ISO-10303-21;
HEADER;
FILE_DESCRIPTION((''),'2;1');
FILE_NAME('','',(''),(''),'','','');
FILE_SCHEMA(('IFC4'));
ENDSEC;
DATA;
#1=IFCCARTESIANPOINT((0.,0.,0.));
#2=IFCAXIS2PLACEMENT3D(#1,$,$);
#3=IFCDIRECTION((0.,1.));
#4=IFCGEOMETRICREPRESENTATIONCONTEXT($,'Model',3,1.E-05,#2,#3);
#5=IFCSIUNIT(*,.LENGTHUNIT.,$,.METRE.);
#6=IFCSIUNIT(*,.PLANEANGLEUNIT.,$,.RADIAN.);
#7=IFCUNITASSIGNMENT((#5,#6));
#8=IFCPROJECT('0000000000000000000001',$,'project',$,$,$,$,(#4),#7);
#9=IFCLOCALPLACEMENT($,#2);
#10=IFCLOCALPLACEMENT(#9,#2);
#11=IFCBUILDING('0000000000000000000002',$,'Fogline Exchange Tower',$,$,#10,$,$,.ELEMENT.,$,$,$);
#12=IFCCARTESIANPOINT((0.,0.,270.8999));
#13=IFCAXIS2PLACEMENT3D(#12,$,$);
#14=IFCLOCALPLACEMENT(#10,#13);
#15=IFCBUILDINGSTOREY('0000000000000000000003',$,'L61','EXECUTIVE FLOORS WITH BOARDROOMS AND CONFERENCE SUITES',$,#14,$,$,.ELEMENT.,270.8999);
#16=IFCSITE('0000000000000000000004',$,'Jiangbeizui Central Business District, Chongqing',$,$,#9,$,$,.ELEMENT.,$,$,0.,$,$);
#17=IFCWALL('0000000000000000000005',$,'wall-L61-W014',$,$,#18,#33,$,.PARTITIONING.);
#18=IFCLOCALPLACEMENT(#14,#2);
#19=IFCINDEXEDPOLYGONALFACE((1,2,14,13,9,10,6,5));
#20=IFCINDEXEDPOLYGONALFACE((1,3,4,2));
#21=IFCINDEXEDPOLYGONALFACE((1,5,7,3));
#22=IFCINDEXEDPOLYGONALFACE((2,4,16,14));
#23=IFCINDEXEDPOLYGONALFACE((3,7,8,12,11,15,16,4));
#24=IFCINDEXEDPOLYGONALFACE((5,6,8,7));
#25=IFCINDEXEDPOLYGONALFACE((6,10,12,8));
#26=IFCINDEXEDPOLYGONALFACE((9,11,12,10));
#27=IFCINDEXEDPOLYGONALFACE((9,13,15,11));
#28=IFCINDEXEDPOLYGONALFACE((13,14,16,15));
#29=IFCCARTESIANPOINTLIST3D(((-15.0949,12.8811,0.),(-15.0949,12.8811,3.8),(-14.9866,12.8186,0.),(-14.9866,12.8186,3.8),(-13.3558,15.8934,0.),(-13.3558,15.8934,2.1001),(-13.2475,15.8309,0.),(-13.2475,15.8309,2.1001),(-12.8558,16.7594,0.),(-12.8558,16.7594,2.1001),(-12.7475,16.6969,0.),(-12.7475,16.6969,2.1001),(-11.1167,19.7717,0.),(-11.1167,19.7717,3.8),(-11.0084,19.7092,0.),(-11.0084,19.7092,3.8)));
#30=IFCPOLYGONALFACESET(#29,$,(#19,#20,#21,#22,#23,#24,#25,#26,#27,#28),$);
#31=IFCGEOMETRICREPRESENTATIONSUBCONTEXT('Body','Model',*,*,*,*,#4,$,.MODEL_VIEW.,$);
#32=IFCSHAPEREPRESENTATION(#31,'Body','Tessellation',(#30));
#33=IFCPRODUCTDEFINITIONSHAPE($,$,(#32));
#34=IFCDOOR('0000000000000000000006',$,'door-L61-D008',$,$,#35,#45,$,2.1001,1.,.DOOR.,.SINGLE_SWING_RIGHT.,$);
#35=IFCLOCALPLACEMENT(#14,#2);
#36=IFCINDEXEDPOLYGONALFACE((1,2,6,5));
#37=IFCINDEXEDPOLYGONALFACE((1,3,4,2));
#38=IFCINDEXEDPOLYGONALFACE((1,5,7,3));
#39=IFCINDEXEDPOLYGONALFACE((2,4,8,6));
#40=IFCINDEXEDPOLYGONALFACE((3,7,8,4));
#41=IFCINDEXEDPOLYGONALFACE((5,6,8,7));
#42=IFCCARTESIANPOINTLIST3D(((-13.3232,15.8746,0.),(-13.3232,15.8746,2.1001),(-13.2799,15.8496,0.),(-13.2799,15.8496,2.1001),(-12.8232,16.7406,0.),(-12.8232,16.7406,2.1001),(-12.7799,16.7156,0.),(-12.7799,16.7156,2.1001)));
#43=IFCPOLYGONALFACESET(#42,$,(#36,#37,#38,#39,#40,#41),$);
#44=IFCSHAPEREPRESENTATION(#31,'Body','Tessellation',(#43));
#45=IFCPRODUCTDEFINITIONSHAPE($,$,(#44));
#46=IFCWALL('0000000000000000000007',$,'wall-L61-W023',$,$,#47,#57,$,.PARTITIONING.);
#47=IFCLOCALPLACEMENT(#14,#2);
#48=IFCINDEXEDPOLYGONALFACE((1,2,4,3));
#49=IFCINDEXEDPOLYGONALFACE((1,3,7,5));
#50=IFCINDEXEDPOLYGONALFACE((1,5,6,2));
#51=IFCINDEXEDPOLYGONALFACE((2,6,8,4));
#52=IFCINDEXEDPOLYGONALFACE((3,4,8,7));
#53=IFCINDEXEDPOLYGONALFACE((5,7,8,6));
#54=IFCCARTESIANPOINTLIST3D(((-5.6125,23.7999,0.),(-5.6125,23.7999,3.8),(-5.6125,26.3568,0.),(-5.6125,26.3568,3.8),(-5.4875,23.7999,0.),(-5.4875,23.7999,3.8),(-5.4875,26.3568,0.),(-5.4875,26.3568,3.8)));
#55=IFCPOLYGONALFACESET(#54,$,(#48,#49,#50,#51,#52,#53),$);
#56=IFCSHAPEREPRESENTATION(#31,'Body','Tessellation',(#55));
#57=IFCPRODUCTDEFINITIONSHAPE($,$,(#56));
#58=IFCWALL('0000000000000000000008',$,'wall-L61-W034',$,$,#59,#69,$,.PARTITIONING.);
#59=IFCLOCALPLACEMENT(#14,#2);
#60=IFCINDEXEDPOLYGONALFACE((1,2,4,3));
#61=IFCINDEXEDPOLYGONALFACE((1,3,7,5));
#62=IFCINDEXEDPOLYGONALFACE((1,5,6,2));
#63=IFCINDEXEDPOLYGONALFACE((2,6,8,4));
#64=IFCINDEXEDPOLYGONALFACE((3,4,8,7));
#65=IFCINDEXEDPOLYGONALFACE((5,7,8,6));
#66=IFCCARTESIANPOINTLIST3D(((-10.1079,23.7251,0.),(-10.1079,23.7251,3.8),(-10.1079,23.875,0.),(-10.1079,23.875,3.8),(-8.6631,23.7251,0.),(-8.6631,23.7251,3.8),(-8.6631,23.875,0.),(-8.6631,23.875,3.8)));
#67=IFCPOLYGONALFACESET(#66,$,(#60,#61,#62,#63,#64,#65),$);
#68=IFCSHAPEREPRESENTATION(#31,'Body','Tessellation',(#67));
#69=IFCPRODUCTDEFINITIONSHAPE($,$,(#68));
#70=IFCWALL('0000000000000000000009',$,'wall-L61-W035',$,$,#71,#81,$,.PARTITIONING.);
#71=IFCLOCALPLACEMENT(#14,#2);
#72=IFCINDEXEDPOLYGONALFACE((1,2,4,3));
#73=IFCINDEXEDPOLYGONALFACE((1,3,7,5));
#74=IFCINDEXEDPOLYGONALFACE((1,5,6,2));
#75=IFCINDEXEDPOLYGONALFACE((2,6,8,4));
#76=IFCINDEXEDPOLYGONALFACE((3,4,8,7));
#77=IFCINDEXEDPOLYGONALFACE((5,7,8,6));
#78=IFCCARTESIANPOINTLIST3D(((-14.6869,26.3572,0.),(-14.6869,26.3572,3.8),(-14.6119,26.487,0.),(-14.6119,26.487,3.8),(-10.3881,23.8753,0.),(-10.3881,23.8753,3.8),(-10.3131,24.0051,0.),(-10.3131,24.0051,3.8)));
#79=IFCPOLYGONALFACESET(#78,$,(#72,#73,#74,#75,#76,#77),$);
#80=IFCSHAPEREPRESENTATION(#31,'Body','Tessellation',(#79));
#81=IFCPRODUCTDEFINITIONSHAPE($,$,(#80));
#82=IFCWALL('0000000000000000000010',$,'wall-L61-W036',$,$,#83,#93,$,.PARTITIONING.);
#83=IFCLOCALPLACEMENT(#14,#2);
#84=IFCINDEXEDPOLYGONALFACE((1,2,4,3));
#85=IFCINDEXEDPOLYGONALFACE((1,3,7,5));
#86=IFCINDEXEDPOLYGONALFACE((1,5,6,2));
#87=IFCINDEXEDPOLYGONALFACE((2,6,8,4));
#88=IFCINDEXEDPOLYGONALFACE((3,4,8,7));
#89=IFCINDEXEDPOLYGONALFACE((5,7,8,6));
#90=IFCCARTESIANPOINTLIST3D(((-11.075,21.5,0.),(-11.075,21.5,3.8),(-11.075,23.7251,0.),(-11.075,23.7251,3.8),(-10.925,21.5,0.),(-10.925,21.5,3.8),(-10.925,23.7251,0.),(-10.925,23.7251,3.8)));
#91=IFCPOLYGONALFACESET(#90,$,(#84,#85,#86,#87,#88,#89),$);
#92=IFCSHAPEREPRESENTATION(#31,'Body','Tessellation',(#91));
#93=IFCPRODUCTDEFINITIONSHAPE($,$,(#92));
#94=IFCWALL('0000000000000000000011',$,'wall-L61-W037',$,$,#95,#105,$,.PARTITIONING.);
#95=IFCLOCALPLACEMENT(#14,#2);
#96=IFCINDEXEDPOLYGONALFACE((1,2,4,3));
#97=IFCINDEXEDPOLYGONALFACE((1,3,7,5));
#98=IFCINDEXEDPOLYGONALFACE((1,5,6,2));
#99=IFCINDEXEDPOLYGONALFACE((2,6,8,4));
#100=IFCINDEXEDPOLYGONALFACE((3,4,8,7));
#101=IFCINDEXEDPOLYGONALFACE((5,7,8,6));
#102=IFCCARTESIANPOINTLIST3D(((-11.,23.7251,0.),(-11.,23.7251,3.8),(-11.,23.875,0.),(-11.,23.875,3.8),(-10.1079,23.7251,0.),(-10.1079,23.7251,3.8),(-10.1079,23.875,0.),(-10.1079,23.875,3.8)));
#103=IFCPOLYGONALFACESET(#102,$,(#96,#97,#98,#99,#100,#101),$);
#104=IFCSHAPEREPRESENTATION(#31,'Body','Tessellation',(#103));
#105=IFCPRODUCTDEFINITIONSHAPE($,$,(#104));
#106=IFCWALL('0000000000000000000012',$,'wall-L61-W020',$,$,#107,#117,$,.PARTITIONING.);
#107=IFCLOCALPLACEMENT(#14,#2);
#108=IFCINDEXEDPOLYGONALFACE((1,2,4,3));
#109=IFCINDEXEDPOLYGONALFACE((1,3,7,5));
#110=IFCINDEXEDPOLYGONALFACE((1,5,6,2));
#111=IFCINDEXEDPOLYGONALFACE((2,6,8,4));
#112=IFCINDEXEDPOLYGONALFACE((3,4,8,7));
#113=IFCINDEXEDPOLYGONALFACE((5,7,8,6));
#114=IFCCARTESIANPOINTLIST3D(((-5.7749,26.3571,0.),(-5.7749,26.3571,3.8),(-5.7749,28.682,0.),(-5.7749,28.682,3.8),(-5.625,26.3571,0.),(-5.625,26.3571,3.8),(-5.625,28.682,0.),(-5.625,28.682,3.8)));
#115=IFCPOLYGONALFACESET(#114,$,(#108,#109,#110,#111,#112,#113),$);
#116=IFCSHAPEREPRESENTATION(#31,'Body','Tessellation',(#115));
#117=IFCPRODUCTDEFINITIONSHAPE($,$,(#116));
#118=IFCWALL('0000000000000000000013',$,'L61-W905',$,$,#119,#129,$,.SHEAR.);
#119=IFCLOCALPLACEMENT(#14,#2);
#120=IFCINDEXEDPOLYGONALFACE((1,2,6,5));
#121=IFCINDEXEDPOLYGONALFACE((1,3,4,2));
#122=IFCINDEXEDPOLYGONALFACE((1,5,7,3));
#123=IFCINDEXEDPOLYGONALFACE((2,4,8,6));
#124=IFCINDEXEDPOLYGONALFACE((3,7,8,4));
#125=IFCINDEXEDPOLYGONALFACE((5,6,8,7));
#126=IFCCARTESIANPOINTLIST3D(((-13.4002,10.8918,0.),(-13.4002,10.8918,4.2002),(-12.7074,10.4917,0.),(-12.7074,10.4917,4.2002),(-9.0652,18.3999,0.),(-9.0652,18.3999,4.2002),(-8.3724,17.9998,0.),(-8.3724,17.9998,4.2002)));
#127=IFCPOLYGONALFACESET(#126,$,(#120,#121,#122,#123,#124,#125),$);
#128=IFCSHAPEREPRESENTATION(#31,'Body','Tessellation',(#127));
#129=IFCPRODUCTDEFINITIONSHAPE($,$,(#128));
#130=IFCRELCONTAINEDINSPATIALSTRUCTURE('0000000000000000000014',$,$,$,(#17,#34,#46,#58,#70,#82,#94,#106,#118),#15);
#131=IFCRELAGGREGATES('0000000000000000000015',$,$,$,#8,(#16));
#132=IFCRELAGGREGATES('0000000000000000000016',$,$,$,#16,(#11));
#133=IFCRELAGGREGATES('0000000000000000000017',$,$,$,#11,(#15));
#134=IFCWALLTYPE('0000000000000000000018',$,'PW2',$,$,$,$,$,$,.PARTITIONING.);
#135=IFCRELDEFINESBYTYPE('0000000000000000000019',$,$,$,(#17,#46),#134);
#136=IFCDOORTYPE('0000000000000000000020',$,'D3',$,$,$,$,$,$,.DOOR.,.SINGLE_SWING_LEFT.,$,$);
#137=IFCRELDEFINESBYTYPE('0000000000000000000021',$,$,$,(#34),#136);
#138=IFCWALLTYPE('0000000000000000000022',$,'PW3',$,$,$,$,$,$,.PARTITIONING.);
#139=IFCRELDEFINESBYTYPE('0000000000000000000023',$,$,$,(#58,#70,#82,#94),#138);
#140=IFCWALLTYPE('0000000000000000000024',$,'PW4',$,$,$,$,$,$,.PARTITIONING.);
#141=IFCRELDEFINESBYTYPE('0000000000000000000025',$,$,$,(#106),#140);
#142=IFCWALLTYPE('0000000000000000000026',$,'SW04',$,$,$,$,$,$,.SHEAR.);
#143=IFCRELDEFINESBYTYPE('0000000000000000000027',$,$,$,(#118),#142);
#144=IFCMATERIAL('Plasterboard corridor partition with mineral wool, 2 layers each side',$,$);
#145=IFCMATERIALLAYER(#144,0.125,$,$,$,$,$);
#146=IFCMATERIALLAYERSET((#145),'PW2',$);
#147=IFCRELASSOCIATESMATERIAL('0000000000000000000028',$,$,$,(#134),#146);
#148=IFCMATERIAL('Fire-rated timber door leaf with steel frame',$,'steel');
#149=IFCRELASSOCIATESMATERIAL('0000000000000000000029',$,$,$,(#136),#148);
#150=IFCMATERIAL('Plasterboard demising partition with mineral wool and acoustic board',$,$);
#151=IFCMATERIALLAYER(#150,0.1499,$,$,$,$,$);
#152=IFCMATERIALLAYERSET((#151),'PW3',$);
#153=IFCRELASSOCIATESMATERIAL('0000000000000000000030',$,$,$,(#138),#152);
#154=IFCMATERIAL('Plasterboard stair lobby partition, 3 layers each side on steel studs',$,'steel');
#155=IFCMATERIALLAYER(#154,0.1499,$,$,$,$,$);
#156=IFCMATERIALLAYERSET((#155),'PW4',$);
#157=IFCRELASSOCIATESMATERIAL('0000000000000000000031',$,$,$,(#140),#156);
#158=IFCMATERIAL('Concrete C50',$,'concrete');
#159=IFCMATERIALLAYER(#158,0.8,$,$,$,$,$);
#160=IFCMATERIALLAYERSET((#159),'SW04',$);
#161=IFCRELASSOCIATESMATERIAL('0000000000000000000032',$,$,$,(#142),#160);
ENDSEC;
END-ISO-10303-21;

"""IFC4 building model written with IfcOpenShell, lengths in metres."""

from ifc_helpers import new_model, si_unit, direction, frame, frame_2d, origin, place, context, subcontext, project, spatial, rectangle, extrude, material, layer, layer_set, type_object, element, fill, save


model = new_model("IFC4")

# Units and contexts
model_context = context("Model", 3, precision=1e-05, world=origin(), true_north=direction((0.0, 1.0)))
body_context = subcontext(model_context, "Body", "Model", "MODEL_VIEW")
ifc_project = project(units=[si_unit("LENGTHUNIT", "METRE"), si_unit("PLANEANGLEUNIT", "RADIAN")], contexts=[model_context])

# Site, building, storey
site_placement = place(None, origin())
site = spatial("IfcSite", under=ifc_project, at=site_placement, Name="Jiangbeizui Central Business District, Chongqing", CompositionType="ELEMENT", RefElevation=0.0)
building_placement = place(site_placement, origin())
building = spatial("IfcBuilding", under=site, at=building_placement, Name="Fogline Exchange Tower", CompositionType="ELEMENT")
storey_placement = place(building_placement, frame((0.0, 0.0, 270.8999)))
storey = spatial("IfcBuildingStorey", under=building, at=storey_placement, Name="L61", Description="EXECUTIVE FLOORS WITH BOARDROOMS AND CONFERENCE SUITES", CompositionType="ELEMENT", Elevation=270.8999)

# Shared definitions
ifc_material_1 = material(Name="Plasterboard corridor partition with mineral wool, 2 layers each side")
ifc_layer_1 = layer(ifc_material_1, 0.125)
ifc_layer_set_1 = layer_set([ifc_layer_1], Name="PW2")
wall_type_1 = type_object("IfcWallType", Name="PW2", PredefinedType="PARTITIONING", material=ifc_layer_set_1)
ifc_material_2 = material(Name="Fire-rated timber door leaf with steel frame", Category="steel")
door_type_1 = type_object("IfcDoorType", Name="D3", OperationType="SINGLE_SWING_LEFT", PredefinedType="DOOR", material=ifc_material_2)

# Wall, opening, door
wall_1_placement = place(storey_placement, frame((-15.0408, 12.8499, 0.0), z_axis=(0.0, 0.0, 1.0), x_axis=(0.499997, 0.866027, 0.0)))
wall_1 = element("IfcWall", 1, at=wall_1_placement, inside=storey, type_object=wall_type_1, Name="wall-L61-W014", PredefinedType="PARTITIONING", context=body_context, shape_type="SweptSolid", body=[
    extrude(rectangle(XDim=7.9565, YDim=0.125, at=frame_2d((3.9783, 0.0))), origin(), (0.0, 0.0, 1.0), 3.8),
])
opening_1_placement = place(wall_1_placement, frame((3.4783, 0.0, 0.0)))
opening_1 = element("IfcOpeningElement", 2, at=opening_1_placement, cuts=wall_1, PredefinedType="OPENING", context=body_context, shape_type="SweptSolid", body=[
    extrude(rectangle(XDim=1.0, YDim=2.1001, at=frame_2d((0.5, 1.05))), frame((0.0, 0.0725, 0.0), z_axis=(0.0, -1.0, 0.0), x_axis=(1.0, 0.0, 0.0)), (0.0, 0.0, 1.0), 0.145),
])
door_1_placement = place(opening_1_placement, origin())
door_1 = element("IfcDoor", 3, at=door_1_placement, inside=storey, type_object=door_type_1, Name="door-L61-D008", OperationType="SINGLE_SWING_RIGHT", OverallHeight=2.1001, OverallWidth=1.0, PredefinedType="DOOR", context=body_context, shape_type="SweptSolid", body=[
    extrude(rectangle(XDim=1.0, YDim=2.1001, at=frame_2d((0.5, 1.05))), frame((0.0, 0.0249, 0.0), z_axis=(0.0, -1.0, 0.0), x_axis=(1.0, 0.0, 0.0)), (0.0, 0.0, 1.0), 0.05),
])
fill(opening_1, door_1)

# Walls
wall_2_placement = place(storey_placement, frame((-5.55, 23.8, 0.0), z_axis=(0.0, 0.0, 1.0), x_axis=(0.0, 1.0, 0.0)))
element("IfcWall", 4, at=wall_2_placement, inside=storey, type_object=wall_type_1, Name="wall-L61-W023", PredefinedType="PARTITIONING", context=body_context, shape_type="SweptSolid", body=[
    extrude(rectangle(XDim=2.5569, YDim=0.125, at=frame_2d((1.2783, 0.0))), origin(), (0.0, 0.0, 1.0), 3.8),
])
ifc_material_3 = material(Name="Plasterboard demising partition with mineral wool and acoustic board")
ifc_layer_2 = layer(ifc_material_3, 0.1499)
ifc_layer_set_2 = layer_set([ifc_layer_2], Name="PW3")
wall_type_2 = type_object("IfcWallType", Name="PW3", PredefinedType="PARTITIONING", material=ifc_layer_set_2)
wall_3_placement = place(storey_placement, frame((-8.6631, 23.8, 0.0), z_axis=(0.0, 0.0, 1.0), x_axis=(-1.0, 0.0, 0.0)))
element("IfcWall", 5, at=wall_3_placement, inside=storey, type_object=wall_type_2, Name="wall-L61-W034", PredefinedType="PARTITIONING", context=body_context, shape_type="SweptSolid", body=[
    extrude(rectangle(XDim=1.4448, YDim=0.1499, at=frame_2d((0.7224, 0.0))), origin(), (0.0, 0.0, 1.0), 3.8),
])
wall_4_placement = place(storey_placement, frame((-10.3506, 23.9402, 0.0), z_axis=(0.0, 0.0, 1.0), x_axis=(-0.866025, 0.500001, 0.0)))
element("IfcWall", 6, at=wall_4_placement, inside=storey, type_object=wall_type_2, Name="wall-L61-W035", PredefinedType="PARTITIONING", context=body_context, shape_type="SweptSolid", body=[
    extrude(rectangle(XDim=4.9639, YDim=0.1499, at=frame_2d((2.4819, 0.0))), origin(), (0.0, 0.0, 1.0), 3.8),
])
wall_5_placement = place(storey_placement, frame((-11.0, 21.5, 0.0), z_axis=(0.0, 0.0, 1.0), x_axis=(0.0, 1.0, 0.0)))
element("IfcWall", 7, at=wall_5_placement, inside=storey, type_object=wall_type_2, Name="wall-L61-W036", PredefinedType="PARTITIONING", context=body_context, shape_type="SweptSolid", body=[
    extrude(rectangle(XDim=2.2251, YDim=0.1499, at=frame_2d((1.1125, 0.0))), origin(), (0.0, 0.0, 1.0), 3.8),
])
wall_6_placement = place(storey_placement, frame((-11.0, 23.8, 0.0), z_axis=(0.0, 0.0, 1.0), x_axis=(1.0, 0.0, 0.0)))
element("IfcWall", 8, at=wall_6_placement, inside=storey, type_object=wall_type_2, Name="wall-L61-W037", PredefinedType="PARTITIONING", context=body_context, shape_type="SweptSolid", body=[
    extrude(rectangle(XDim=0.8921, YDim=0.1499, at=frame_2d((0.446, 0.0))), origin(), (0.0, 0.0, 1.0), 3.8),
])
ifc_material_4 = material(Name="Plasterboard stair lobby partition, 3 layers each side on steel studs", Category="steel")
ifc_layer_3 = layer(ifc_material_4, 0.1499)
ifc_layer_set_3 = layer_set([ifc_layer_3], Name="PW4")
wall_type_3 = type_object("IfcWallType", Name="PW4", PredefinedType="PARTITIONING", material=ifc_layer_set_3)
wall_7_placement = place(storey_placement, frame((-5.7, 26.3569, 0.0), z_axis=(0.0, 0.0, 1.0), x_axis=(0.0, 1.0, 0.0)))
element("IfcWall", 9, at=wall_7_placement, inside=storey, type_object=wall_type_3, Name="wall-L61-W020", PredefinedType="PARTITIONING", context=body_context, shape_type="SweptSolid", body=[
    extrude(rectangle(XDim=2.325, YDim=0.1499, at=frame_2d((1.1626, 0.0))), origin(), (0.0, 0.0, 1.0), 3.8),
])
ifc_material_5 = material(Name="Concrete C50", Category="concrete")
ifc_layer_4 = layer(ifc_material_5, 0.8)
ifc_layer_set_4 = layer_set([ifc_layer_4], Name="SW04")
wall_type_4 = type_object("IfcWallType", Name="SW04", PredefinedType="SHEAR", material=ifc_layer_set_4)
wall_8_placement = place(storey_placement, frame((-8.7188, 18.2, 0.0), z_axis=(0.0, 0.0, 1.0), x_axis=(-0.500016, -0.866016, 0.0)))
element("IfcWall", 10, at=wall_8_placement, inside=storey, type_object=wall_type_4, Name="L61-W905", PredefinedType="SHEAR", context=body_context, shape_type="SweptSolid", body=[
    extrude(rectangle(XDim=8.6697, YDim=0.8, at=frame_2d((4.335, 0.0))), origin(), (0.0, 0.0, 1.0), 4.2002),
])

save(model, "model.ifc")
